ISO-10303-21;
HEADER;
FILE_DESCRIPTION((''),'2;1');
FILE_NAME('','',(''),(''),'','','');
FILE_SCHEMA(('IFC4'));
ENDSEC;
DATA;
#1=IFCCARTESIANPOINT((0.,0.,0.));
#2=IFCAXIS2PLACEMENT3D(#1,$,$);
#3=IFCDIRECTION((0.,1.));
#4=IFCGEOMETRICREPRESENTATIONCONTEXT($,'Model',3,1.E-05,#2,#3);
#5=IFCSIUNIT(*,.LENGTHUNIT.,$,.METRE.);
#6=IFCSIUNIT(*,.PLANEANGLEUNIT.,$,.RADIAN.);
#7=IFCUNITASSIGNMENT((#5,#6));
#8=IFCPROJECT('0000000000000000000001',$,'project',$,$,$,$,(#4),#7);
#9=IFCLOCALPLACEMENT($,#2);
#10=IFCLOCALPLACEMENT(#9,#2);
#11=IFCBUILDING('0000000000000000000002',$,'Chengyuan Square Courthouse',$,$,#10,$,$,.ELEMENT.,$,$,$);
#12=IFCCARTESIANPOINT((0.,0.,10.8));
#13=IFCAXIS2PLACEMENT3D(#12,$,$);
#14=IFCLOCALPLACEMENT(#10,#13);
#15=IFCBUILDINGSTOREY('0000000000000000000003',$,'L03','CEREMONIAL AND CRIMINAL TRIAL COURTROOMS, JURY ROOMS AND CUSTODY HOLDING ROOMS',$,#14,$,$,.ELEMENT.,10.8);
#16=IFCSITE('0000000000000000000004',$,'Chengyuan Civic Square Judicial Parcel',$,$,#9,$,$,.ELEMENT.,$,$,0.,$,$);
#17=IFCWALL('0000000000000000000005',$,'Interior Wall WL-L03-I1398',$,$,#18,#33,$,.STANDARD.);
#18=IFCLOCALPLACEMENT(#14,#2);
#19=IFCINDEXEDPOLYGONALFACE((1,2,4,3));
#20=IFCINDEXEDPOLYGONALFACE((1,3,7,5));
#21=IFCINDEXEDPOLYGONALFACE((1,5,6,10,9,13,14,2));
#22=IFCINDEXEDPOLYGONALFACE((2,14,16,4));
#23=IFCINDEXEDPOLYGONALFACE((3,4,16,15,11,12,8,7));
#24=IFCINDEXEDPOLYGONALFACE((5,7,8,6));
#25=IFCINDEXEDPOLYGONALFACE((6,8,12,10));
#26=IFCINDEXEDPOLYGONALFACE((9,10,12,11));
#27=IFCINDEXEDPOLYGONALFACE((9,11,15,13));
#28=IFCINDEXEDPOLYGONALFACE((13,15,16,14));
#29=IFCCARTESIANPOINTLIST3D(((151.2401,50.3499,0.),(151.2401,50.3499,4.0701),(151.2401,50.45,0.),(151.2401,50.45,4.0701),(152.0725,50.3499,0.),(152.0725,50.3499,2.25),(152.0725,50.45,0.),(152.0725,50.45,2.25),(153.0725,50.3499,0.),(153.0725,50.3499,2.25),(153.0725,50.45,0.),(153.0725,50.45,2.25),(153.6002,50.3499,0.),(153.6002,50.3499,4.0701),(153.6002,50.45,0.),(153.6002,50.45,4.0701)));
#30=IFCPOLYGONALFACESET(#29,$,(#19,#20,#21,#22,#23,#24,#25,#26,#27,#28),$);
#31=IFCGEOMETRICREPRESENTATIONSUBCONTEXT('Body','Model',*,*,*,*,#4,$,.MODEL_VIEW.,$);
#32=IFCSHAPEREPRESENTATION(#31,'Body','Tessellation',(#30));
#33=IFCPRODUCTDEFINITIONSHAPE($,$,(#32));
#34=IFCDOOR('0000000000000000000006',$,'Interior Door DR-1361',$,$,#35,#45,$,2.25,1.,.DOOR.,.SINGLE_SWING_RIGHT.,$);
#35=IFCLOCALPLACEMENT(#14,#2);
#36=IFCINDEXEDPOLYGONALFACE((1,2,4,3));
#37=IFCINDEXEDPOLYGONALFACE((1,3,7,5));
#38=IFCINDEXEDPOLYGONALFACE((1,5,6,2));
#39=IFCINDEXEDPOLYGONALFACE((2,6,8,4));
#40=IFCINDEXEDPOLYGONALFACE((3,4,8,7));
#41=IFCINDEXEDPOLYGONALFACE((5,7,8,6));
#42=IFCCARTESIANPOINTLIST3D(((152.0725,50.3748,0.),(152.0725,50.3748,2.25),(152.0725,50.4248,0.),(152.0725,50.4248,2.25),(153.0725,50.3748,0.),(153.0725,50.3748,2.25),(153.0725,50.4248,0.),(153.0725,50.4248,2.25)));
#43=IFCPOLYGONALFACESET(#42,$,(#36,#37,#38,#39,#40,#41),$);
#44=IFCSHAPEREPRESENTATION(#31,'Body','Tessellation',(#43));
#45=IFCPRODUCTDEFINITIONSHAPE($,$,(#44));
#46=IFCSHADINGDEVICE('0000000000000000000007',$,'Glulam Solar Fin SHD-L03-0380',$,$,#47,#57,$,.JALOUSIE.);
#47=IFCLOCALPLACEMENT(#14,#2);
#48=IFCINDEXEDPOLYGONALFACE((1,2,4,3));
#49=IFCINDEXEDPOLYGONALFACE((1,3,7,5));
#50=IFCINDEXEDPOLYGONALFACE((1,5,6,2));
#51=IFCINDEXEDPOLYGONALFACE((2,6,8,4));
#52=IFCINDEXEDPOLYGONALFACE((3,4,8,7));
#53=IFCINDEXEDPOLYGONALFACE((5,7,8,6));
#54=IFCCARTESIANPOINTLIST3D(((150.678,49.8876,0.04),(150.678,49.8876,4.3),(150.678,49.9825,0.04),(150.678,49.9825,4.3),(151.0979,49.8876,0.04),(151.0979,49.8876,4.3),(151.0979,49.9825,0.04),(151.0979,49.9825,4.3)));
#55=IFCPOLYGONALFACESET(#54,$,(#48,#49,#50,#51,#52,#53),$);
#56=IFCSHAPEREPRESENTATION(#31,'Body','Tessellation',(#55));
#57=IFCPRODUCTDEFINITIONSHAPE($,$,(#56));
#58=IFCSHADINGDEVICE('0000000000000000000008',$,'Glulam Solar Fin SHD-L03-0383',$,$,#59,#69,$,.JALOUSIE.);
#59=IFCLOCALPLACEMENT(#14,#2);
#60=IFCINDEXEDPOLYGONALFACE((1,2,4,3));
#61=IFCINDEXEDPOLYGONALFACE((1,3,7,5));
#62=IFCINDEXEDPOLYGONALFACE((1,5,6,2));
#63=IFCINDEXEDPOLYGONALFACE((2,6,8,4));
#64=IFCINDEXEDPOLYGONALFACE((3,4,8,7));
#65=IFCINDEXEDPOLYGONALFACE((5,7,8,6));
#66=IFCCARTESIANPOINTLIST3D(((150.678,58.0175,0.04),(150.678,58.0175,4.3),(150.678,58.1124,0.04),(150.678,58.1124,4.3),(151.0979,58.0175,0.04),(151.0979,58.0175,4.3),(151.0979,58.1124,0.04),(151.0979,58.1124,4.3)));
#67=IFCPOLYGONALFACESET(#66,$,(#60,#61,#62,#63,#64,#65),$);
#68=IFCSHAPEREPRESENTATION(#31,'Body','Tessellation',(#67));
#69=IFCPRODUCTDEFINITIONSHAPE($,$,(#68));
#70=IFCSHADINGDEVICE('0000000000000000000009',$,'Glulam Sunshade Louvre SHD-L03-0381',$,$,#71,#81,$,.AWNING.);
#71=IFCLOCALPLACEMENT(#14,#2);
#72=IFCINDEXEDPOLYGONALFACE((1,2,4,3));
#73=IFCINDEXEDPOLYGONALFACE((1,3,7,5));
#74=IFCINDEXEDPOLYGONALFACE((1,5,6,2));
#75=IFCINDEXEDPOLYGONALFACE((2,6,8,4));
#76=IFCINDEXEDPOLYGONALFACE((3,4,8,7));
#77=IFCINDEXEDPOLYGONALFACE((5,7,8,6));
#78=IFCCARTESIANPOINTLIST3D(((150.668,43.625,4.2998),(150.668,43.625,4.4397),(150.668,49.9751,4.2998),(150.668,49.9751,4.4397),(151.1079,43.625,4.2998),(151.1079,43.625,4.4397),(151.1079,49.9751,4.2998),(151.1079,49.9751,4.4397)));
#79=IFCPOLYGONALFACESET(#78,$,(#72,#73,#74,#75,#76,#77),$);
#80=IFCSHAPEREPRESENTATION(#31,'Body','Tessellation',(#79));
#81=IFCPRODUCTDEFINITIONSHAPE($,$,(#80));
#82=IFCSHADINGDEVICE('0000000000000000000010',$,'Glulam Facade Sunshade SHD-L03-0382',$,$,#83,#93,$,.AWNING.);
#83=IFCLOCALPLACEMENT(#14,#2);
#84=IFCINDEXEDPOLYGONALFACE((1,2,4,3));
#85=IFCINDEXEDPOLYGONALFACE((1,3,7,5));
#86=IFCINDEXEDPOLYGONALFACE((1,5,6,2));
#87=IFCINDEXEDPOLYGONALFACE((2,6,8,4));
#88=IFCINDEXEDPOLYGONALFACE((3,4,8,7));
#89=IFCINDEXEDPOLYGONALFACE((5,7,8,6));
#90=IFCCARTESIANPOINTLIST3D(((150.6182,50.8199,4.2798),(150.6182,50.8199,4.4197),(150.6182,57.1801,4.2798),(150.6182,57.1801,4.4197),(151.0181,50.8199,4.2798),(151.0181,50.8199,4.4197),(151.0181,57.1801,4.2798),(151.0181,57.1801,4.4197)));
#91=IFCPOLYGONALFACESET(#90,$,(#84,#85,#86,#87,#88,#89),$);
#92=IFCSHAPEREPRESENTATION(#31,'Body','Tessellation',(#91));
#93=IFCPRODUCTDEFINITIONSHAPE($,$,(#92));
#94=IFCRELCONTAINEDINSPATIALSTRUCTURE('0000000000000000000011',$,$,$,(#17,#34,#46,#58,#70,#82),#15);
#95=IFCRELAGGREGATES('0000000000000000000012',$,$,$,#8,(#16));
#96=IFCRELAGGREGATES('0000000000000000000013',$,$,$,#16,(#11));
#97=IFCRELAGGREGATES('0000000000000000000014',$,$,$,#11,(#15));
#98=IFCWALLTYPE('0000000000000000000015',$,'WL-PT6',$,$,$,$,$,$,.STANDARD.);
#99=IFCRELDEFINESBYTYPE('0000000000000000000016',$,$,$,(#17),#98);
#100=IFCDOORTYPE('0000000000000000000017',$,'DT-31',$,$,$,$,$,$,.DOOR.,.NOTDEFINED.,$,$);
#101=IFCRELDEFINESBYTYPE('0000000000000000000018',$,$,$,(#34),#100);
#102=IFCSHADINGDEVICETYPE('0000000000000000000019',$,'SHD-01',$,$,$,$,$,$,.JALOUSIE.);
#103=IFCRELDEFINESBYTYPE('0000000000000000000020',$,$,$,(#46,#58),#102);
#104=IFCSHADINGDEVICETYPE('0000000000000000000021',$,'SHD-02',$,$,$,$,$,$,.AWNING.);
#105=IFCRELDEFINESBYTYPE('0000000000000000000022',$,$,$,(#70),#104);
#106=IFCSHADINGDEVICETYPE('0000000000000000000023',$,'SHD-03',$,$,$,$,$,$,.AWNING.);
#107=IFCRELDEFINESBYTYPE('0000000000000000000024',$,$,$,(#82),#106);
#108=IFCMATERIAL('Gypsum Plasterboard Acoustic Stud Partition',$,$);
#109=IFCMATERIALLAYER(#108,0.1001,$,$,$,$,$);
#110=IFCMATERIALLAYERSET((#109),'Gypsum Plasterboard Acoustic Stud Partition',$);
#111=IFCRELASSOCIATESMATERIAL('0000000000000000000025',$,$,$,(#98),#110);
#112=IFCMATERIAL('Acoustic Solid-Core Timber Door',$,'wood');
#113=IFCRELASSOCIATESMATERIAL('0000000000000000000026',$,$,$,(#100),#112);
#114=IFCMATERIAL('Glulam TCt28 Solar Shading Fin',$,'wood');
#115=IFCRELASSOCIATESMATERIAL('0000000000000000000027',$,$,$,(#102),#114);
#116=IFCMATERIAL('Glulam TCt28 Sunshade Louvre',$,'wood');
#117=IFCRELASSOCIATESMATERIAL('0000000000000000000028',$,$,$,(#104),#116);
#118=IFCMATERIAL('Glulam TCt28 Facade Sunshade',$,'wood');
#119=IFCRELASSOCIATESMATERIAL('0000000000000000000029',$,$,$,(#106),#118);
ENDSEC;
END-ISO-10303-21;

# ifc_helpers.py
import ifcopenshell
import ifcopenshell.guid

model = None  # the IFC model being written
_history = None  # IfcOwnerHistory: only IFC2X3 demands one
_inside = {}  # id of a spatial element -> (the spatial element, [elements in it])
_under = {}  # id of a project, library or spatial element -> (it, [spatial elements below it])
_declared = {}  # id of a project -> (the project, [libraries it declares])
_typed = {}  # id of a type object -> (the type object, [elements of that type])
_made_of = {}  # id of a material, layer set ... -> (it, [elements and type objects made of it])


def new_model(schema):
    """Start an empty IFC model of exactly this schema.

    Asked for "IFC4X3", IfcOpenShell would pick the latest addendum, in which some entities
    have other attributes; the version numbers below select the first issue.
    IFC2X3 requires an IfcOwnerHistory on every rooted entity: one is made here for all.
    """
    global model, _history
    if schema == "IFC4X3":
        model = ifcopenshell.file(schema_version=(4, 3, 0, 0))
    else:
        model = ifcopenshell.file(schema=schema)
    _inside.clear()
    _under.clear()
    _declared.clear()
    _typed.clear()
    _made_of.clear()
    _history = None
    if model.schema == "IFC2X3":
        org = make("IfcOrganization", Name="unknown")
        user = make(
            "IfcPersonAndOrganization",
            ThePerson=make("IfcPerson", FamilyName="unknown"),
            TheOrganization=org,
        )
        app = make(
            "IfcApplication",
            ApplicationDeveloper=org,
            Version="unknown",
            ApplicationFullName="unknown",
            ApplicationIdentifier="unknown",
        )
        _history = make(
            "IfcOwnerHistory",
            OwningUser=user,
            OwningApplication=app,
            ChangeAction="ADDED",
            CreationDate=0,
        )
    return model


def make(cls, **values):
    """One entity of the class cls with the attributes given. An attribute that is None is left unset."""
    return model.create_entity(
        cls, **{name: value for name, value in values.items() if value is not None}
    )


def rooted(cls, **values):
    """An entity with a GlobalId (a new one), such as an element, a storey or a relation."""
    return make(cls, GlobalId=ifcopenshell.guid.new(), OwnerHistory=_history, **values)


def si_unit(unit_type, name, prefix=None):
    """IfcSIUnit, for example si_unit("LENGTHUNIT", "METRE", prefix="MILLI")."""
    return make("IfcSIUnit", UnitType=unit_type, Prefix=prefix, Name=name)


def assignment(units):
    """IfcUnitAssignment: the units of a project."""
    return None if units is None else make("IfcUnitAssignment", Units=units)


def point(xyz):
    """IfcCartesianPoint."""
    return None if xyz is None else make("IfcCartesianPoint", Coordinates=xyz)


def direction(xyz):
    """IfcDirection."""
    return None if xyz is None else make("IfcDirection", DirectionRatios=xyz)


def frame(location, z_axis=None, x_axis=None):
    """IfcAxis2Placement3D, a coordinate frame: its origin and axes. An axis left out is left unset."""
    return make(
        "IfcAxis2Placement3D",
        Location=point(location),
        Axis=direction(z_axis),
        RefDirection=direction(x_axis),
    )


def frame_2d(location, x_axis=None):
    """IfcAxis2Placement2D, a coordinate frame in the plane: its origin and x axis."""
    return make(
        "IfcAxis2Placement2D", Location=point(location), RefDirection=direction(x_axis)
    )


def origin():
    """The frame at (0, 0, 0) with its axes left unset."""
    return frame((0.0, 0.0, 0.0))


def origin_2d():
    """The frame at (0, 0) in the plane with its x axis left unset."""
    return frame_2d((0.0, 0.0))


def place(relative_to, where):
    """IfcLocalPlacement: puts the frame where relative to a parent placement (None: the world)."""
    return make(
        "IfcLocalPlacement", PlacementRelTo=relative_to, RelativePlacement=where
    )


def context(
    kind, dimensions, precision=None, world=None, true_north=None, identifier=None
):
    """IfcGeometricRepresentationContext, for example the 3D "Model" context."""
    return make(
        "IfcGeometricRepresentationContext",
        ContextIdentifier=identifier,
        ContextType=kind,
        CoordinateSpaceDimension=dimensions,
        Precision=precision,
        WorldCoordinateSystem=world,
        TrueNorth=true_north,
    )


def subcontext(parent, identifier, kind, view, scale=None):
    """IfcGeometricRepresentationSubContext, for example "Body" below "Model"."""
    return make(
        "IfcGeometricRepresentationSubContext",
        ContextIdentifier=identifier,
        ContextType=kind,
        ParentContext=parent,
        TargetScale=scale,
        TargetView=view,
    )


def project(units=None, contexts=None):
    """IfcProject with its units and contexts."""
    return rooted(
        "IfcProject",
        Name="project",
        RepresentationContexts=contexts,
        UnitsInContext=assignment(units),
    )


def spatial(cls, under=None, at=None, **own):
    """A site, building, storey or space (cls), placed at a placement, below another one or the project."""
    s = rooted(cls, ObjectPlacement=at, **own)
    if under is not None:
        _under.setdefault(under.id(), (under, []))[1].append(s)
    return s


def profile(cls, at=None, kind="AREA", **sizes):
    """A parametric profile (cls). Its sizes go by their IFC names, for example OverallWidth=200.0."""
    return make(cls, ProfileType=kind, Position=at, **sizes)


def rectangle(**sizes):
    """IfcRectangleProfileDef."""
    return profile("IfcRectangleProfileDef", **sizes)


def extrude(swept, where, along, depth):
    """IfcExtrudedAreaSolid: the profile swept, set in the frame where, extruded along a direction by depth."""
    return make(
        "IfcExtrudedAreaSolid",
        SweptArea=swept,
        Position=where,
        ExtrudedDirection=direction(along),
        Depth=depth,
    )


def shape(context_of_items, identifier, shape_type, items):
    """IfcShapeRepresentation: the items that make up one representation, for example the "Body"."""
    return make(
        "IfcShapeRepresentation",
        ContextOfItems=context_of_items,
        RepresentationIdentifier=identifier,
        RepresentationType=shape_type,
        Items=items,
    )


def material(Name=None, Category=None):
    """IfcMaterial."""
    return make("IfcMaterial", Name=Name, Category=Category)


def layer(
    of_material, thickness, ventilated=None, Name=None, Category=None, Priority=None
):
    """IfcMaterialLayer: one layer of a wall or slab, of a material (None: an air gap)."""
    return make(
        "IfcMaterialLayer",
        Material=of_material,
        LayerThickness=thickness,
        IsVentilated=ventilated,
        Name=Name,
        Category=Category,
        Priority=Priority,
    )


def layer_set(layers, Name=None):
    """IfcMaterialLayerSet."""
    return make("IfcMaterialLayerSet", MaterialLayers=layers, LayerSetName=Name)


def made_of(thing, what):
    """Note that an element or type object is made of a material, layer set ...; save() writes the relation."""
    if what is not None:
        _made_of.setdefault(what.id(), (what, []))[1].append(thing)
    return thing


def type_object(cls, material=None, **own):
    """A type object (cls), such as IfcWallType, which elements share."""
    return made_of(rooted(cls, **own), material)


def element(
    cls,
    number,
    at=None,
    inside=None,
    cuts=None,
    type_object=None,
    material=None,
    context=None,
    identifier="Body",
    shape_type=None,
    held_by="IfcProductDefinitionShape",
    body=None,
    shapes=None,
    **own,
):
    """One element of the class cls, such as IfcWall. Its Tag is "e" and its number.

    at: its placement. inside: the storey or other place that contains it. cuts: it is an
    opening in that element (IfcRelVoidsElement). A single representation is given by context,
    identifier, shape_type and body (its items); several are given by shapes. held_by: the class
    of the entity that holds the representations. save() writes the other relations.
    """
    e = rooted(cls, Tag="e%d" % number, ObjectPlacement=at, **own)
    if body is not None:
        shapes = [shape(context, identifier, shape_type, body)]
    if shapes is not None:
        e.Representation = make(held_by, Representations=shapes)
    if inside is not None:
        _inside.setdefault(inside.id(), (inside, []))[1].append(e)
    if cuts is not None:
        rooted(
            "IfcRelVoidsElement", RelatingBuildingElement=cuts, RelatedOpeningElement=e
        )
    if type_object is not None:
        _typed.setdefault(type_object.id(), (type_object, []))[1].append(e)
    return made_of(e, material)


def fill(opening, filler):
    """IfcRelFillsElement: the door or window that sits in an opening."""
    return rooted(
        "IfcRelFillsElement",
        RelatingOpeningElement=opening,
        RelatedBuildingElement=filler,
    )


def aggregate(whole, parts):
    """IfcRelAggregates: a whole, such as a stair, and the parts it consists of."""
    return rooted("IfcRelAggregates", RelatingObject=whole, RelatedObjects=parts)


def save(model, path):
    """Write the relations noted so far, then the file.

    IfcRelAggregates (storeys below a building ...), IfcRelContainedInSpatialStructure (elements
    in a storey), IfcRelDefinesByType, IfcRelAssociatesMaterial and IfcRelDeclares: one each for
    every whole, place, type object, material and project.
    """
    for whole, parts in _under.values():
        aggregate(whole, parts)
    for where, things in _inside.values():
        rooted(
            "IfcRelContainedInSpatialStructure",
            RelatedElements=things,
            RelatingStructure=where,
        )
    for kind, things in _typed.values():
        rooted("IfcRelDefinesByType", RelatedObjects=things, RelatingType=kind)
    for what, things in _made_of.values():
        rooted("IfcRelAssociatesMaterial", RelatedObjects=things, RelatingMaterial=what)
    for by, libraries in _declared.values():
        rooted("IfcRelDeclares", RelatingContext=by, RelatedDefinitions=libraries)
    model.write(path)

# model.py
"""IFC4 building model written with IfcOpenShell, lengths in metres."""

from ifc_helpers import new_model, si_unit, direction, frame, frame_2d, origin, origin_2d, place, context, subcontext, project, spatial, rectangle, extrude, material, layer, layer_set, type_object, element, fill, save


model = new_model("IFC4")

# Units and contexts
model_context = context("Model", 3, precision=1e-05, world=origin(), true_north=direction((0.0, 1.0)))
body_context = subcontext(model_context, "Body", "Model", "MODEL_VIEW")
ifc_project = project(units=[si_unit("LENGTHUNIT", "METRE"), si_unit("PLANEANGLEUNIT", "RADIAN")], contexts=[model_context])

# Site, building, storey
site_placement = place(None, origin())
site = spatial("IfcSite", under=ifc_project, at=site_placement, Name="Chengyuan Civic Square Judicial Parcel", CompositionType="ELEMENT", RefElevation=0.0)
building_placement = place(site_placement, origin())
building = spatial("IfcBuilding", under=site, at=building_placement, Name="Chengyuan Square Courthouse", CompositionType="ELEMENT")
storey_placement = place(building_placement, frame((0.0, 0.0, 10.8)))
storey = spatial("IfcBuildingStorey", under=building, at=storey_placement, Name="L03", Description="CEREMONIAL AND CRIMINAL TRIAL COURTROOMS, JURY ROOMS AND CUSTODY HOLDING ROOMS", CompositionType="ELEMENT", Elevation=10.8)

# Shared definitions
ifc_material_1 = material(Name="Acoustic Solid-Core Timber Door", Category="wood")

# Wall, opening, door
ifc_material_2 = material(Name="Gypsum Plasterboard Acoustic Stud Partition")
ifc_layer_1 = layer(ifc_material_2, 0.1001)
ifc_layer_set_1 = layer_set([ifc_layer_1], Name="Gypsum Plasterboard Acoustic Stud Partition")
wall_type_1 = type_object("IfcWallType", Name="WL-PT6", PredefinedType="STANDARD", material=ifc_layer_set_1)
door_type_1 = type_object("IfcDoorType", Name="DT-31", OperationType="NOTDEFINED", PredefinedType="DOOR", material=ifc_material_1)
wall_1_placement = place(storey_placement, frame((151.24, 50.3999, 0.0), z_axis=(0.0, 0.0, 1.0), x_axis=(1.0, 0.0, 0.0)))
wall_1 = element("IfcWall", 1, at=wall_1_placement, inside=storey, type_object=wall_type_1, Name="Interior Wall WL-L03-I1398", PredefinedType="STANDARD", context=body_context, shape_type="SweptSolid", body=[
    extrude(rectangle(XDim=2.3601, YDim=0.1001, at=frame_2d((1.1802, 0.0))), origin(), (0.0, 0.0, 1.0), 4.0701),
])
opening_1_placement = place(wall_1_placement, frame((0.8325, 0.0, 0.0)))
opening_1 = element("IfcOpeningElement", 2, at=opening_1_placement, cuts=wall_1, PredefinedType="OPENING", context=body_context, shape_type="SweptSolid", body=[
    extrude(rectangle(XDim=1.0, YDim=2.25, at=frame_2d((0.5, 1.125))), frame((0.0, 0.062, 0.0), z_axis=(0.0, -1.0, 0.0), x_axis=(1.0, 0.0, 0.0)), (0.0, 0.0, 1.0), 0.124),
])
door_1_placement = place(opening_1_placement, origin())
door_1 = element("IfcDoor", 3, at=door_1_placement, inside=storey, type_object=door_type_1, Name="Interior Door DR-1361", OperationType="SINGLE_SWING_RIGHT", OverallHeight=2.25, OverallWidth=1.0, PredefinedType="DOOR", context=body_context, shape_type="SweptSolid", body=[
    extrude(rectangle(XDim=1.0, YDim=2.25, at=frame_2d((0.5, 1.125))), frame((0.0, 0.0249, 0.0), z_axis=(0.0, -1.0, 0.0), x_axis=(1.0, 0.0, 0.0)), (0.0, 0.0, 1.0), 0.05),
])
fill(opening_1, door_1)

# Shading devices
ifc_material_3 = material(Name="Glulam TCt28 Solar Shading Fin", Category="wood")
shading_device_type_1 = type_object("IfcShadingDeviceType", Name="SHD-01", PredefinedType="JALOUSIE", material=ifc_material_3)
for number, where, z_axis, x_axis, name in (
    (4, (150.8879, 49.9351, 0.04), (0.0, 0.0, 1.0), (1.0, 0.0, 0.0), "Glulam Solar Fin SHD-L03-0380"),
    (5, (150.8879, 58.0649, 0.04), (0.0, 0.0, 1.0), (1.0, 0.0, 0.0), "Glulam Solar Fin SHD-L03-0383"),
):
    element("IfcShadingDevice", number, at=place(storey_placement, frame(where, z_axis=z_axis, x_axis=x_axis)), inside=storey, type_object=shading_device_type_1, Name=name, PredefinedType="JALOUSIE", context=body_context, shape_type="SweptSolid", body=[
        extrude(rectangle(XDim=0.4199, YDim=0.095, at=origin_2d()), origin(), (0.0, 0.0, 1.0), 4.26),
    ])
ifc_material_4 = material(Name="Glulam TCt28 Sunshade Louvre", Category="wood")
shading_device_type_2 = type_object("IfcShadingDeviceType", Name="SHD-02", PredefinedType="AWNING", material=ifc_material_4)
shading_device_1_placement = place(storey_placement, frame((150.8879, 46.8, 4.2998), z_axis=(0.0, 0.0, 1.0), x_axis=(0.0, 1.0, 0.0)))
element("IfcShadingDevice", 6, at=shading_device_1_placement, inside=storey, type_object=shading_device_type_2, Name="Glulam Sunshade Louvre SHD-L03-0381", PredefinedType="AWNING", context=body_context, shape_type="SweptSolid", body=[
    extrude(rectangle(XDim=6.3501, YDim=0.4399, at=origin_2d()), origin(), (0.0, 0.0, 1.0), 0.1399),
])
ifc_material_5 = material(Name="Glulam TCt28 Facade Sunshade", Category="wood")
shading_device_type_3 = type_object("IfcShadingDeviceType", Name="SHD-03", PredefinedType="AWNING", material=ifc_material_5)
shading_device_2_placement = place(storey_placement, frame((150.8181, 54.0, 4.2798), z_axis=(0.0, 0.0, 1.0), x_axis=(0.0, 1.0, 0.0)))
element("IfcShadingDevice", 7, at=shading_device_2_placement, inside=storey, type_object=shading_device_type_3, Name="Glulam Facade Sunshade SHD-L03-0382", PredefinedType="AWNING", context=body_context, shape_type="SweptSolid", body=[
    extrude(rectangle(XDim=6.3601, YDim=0.3999, at=origin_2d()), origin(), (0.0, 0.0, 1.0), 0.1399),
])

save(model, "model.ifc")
